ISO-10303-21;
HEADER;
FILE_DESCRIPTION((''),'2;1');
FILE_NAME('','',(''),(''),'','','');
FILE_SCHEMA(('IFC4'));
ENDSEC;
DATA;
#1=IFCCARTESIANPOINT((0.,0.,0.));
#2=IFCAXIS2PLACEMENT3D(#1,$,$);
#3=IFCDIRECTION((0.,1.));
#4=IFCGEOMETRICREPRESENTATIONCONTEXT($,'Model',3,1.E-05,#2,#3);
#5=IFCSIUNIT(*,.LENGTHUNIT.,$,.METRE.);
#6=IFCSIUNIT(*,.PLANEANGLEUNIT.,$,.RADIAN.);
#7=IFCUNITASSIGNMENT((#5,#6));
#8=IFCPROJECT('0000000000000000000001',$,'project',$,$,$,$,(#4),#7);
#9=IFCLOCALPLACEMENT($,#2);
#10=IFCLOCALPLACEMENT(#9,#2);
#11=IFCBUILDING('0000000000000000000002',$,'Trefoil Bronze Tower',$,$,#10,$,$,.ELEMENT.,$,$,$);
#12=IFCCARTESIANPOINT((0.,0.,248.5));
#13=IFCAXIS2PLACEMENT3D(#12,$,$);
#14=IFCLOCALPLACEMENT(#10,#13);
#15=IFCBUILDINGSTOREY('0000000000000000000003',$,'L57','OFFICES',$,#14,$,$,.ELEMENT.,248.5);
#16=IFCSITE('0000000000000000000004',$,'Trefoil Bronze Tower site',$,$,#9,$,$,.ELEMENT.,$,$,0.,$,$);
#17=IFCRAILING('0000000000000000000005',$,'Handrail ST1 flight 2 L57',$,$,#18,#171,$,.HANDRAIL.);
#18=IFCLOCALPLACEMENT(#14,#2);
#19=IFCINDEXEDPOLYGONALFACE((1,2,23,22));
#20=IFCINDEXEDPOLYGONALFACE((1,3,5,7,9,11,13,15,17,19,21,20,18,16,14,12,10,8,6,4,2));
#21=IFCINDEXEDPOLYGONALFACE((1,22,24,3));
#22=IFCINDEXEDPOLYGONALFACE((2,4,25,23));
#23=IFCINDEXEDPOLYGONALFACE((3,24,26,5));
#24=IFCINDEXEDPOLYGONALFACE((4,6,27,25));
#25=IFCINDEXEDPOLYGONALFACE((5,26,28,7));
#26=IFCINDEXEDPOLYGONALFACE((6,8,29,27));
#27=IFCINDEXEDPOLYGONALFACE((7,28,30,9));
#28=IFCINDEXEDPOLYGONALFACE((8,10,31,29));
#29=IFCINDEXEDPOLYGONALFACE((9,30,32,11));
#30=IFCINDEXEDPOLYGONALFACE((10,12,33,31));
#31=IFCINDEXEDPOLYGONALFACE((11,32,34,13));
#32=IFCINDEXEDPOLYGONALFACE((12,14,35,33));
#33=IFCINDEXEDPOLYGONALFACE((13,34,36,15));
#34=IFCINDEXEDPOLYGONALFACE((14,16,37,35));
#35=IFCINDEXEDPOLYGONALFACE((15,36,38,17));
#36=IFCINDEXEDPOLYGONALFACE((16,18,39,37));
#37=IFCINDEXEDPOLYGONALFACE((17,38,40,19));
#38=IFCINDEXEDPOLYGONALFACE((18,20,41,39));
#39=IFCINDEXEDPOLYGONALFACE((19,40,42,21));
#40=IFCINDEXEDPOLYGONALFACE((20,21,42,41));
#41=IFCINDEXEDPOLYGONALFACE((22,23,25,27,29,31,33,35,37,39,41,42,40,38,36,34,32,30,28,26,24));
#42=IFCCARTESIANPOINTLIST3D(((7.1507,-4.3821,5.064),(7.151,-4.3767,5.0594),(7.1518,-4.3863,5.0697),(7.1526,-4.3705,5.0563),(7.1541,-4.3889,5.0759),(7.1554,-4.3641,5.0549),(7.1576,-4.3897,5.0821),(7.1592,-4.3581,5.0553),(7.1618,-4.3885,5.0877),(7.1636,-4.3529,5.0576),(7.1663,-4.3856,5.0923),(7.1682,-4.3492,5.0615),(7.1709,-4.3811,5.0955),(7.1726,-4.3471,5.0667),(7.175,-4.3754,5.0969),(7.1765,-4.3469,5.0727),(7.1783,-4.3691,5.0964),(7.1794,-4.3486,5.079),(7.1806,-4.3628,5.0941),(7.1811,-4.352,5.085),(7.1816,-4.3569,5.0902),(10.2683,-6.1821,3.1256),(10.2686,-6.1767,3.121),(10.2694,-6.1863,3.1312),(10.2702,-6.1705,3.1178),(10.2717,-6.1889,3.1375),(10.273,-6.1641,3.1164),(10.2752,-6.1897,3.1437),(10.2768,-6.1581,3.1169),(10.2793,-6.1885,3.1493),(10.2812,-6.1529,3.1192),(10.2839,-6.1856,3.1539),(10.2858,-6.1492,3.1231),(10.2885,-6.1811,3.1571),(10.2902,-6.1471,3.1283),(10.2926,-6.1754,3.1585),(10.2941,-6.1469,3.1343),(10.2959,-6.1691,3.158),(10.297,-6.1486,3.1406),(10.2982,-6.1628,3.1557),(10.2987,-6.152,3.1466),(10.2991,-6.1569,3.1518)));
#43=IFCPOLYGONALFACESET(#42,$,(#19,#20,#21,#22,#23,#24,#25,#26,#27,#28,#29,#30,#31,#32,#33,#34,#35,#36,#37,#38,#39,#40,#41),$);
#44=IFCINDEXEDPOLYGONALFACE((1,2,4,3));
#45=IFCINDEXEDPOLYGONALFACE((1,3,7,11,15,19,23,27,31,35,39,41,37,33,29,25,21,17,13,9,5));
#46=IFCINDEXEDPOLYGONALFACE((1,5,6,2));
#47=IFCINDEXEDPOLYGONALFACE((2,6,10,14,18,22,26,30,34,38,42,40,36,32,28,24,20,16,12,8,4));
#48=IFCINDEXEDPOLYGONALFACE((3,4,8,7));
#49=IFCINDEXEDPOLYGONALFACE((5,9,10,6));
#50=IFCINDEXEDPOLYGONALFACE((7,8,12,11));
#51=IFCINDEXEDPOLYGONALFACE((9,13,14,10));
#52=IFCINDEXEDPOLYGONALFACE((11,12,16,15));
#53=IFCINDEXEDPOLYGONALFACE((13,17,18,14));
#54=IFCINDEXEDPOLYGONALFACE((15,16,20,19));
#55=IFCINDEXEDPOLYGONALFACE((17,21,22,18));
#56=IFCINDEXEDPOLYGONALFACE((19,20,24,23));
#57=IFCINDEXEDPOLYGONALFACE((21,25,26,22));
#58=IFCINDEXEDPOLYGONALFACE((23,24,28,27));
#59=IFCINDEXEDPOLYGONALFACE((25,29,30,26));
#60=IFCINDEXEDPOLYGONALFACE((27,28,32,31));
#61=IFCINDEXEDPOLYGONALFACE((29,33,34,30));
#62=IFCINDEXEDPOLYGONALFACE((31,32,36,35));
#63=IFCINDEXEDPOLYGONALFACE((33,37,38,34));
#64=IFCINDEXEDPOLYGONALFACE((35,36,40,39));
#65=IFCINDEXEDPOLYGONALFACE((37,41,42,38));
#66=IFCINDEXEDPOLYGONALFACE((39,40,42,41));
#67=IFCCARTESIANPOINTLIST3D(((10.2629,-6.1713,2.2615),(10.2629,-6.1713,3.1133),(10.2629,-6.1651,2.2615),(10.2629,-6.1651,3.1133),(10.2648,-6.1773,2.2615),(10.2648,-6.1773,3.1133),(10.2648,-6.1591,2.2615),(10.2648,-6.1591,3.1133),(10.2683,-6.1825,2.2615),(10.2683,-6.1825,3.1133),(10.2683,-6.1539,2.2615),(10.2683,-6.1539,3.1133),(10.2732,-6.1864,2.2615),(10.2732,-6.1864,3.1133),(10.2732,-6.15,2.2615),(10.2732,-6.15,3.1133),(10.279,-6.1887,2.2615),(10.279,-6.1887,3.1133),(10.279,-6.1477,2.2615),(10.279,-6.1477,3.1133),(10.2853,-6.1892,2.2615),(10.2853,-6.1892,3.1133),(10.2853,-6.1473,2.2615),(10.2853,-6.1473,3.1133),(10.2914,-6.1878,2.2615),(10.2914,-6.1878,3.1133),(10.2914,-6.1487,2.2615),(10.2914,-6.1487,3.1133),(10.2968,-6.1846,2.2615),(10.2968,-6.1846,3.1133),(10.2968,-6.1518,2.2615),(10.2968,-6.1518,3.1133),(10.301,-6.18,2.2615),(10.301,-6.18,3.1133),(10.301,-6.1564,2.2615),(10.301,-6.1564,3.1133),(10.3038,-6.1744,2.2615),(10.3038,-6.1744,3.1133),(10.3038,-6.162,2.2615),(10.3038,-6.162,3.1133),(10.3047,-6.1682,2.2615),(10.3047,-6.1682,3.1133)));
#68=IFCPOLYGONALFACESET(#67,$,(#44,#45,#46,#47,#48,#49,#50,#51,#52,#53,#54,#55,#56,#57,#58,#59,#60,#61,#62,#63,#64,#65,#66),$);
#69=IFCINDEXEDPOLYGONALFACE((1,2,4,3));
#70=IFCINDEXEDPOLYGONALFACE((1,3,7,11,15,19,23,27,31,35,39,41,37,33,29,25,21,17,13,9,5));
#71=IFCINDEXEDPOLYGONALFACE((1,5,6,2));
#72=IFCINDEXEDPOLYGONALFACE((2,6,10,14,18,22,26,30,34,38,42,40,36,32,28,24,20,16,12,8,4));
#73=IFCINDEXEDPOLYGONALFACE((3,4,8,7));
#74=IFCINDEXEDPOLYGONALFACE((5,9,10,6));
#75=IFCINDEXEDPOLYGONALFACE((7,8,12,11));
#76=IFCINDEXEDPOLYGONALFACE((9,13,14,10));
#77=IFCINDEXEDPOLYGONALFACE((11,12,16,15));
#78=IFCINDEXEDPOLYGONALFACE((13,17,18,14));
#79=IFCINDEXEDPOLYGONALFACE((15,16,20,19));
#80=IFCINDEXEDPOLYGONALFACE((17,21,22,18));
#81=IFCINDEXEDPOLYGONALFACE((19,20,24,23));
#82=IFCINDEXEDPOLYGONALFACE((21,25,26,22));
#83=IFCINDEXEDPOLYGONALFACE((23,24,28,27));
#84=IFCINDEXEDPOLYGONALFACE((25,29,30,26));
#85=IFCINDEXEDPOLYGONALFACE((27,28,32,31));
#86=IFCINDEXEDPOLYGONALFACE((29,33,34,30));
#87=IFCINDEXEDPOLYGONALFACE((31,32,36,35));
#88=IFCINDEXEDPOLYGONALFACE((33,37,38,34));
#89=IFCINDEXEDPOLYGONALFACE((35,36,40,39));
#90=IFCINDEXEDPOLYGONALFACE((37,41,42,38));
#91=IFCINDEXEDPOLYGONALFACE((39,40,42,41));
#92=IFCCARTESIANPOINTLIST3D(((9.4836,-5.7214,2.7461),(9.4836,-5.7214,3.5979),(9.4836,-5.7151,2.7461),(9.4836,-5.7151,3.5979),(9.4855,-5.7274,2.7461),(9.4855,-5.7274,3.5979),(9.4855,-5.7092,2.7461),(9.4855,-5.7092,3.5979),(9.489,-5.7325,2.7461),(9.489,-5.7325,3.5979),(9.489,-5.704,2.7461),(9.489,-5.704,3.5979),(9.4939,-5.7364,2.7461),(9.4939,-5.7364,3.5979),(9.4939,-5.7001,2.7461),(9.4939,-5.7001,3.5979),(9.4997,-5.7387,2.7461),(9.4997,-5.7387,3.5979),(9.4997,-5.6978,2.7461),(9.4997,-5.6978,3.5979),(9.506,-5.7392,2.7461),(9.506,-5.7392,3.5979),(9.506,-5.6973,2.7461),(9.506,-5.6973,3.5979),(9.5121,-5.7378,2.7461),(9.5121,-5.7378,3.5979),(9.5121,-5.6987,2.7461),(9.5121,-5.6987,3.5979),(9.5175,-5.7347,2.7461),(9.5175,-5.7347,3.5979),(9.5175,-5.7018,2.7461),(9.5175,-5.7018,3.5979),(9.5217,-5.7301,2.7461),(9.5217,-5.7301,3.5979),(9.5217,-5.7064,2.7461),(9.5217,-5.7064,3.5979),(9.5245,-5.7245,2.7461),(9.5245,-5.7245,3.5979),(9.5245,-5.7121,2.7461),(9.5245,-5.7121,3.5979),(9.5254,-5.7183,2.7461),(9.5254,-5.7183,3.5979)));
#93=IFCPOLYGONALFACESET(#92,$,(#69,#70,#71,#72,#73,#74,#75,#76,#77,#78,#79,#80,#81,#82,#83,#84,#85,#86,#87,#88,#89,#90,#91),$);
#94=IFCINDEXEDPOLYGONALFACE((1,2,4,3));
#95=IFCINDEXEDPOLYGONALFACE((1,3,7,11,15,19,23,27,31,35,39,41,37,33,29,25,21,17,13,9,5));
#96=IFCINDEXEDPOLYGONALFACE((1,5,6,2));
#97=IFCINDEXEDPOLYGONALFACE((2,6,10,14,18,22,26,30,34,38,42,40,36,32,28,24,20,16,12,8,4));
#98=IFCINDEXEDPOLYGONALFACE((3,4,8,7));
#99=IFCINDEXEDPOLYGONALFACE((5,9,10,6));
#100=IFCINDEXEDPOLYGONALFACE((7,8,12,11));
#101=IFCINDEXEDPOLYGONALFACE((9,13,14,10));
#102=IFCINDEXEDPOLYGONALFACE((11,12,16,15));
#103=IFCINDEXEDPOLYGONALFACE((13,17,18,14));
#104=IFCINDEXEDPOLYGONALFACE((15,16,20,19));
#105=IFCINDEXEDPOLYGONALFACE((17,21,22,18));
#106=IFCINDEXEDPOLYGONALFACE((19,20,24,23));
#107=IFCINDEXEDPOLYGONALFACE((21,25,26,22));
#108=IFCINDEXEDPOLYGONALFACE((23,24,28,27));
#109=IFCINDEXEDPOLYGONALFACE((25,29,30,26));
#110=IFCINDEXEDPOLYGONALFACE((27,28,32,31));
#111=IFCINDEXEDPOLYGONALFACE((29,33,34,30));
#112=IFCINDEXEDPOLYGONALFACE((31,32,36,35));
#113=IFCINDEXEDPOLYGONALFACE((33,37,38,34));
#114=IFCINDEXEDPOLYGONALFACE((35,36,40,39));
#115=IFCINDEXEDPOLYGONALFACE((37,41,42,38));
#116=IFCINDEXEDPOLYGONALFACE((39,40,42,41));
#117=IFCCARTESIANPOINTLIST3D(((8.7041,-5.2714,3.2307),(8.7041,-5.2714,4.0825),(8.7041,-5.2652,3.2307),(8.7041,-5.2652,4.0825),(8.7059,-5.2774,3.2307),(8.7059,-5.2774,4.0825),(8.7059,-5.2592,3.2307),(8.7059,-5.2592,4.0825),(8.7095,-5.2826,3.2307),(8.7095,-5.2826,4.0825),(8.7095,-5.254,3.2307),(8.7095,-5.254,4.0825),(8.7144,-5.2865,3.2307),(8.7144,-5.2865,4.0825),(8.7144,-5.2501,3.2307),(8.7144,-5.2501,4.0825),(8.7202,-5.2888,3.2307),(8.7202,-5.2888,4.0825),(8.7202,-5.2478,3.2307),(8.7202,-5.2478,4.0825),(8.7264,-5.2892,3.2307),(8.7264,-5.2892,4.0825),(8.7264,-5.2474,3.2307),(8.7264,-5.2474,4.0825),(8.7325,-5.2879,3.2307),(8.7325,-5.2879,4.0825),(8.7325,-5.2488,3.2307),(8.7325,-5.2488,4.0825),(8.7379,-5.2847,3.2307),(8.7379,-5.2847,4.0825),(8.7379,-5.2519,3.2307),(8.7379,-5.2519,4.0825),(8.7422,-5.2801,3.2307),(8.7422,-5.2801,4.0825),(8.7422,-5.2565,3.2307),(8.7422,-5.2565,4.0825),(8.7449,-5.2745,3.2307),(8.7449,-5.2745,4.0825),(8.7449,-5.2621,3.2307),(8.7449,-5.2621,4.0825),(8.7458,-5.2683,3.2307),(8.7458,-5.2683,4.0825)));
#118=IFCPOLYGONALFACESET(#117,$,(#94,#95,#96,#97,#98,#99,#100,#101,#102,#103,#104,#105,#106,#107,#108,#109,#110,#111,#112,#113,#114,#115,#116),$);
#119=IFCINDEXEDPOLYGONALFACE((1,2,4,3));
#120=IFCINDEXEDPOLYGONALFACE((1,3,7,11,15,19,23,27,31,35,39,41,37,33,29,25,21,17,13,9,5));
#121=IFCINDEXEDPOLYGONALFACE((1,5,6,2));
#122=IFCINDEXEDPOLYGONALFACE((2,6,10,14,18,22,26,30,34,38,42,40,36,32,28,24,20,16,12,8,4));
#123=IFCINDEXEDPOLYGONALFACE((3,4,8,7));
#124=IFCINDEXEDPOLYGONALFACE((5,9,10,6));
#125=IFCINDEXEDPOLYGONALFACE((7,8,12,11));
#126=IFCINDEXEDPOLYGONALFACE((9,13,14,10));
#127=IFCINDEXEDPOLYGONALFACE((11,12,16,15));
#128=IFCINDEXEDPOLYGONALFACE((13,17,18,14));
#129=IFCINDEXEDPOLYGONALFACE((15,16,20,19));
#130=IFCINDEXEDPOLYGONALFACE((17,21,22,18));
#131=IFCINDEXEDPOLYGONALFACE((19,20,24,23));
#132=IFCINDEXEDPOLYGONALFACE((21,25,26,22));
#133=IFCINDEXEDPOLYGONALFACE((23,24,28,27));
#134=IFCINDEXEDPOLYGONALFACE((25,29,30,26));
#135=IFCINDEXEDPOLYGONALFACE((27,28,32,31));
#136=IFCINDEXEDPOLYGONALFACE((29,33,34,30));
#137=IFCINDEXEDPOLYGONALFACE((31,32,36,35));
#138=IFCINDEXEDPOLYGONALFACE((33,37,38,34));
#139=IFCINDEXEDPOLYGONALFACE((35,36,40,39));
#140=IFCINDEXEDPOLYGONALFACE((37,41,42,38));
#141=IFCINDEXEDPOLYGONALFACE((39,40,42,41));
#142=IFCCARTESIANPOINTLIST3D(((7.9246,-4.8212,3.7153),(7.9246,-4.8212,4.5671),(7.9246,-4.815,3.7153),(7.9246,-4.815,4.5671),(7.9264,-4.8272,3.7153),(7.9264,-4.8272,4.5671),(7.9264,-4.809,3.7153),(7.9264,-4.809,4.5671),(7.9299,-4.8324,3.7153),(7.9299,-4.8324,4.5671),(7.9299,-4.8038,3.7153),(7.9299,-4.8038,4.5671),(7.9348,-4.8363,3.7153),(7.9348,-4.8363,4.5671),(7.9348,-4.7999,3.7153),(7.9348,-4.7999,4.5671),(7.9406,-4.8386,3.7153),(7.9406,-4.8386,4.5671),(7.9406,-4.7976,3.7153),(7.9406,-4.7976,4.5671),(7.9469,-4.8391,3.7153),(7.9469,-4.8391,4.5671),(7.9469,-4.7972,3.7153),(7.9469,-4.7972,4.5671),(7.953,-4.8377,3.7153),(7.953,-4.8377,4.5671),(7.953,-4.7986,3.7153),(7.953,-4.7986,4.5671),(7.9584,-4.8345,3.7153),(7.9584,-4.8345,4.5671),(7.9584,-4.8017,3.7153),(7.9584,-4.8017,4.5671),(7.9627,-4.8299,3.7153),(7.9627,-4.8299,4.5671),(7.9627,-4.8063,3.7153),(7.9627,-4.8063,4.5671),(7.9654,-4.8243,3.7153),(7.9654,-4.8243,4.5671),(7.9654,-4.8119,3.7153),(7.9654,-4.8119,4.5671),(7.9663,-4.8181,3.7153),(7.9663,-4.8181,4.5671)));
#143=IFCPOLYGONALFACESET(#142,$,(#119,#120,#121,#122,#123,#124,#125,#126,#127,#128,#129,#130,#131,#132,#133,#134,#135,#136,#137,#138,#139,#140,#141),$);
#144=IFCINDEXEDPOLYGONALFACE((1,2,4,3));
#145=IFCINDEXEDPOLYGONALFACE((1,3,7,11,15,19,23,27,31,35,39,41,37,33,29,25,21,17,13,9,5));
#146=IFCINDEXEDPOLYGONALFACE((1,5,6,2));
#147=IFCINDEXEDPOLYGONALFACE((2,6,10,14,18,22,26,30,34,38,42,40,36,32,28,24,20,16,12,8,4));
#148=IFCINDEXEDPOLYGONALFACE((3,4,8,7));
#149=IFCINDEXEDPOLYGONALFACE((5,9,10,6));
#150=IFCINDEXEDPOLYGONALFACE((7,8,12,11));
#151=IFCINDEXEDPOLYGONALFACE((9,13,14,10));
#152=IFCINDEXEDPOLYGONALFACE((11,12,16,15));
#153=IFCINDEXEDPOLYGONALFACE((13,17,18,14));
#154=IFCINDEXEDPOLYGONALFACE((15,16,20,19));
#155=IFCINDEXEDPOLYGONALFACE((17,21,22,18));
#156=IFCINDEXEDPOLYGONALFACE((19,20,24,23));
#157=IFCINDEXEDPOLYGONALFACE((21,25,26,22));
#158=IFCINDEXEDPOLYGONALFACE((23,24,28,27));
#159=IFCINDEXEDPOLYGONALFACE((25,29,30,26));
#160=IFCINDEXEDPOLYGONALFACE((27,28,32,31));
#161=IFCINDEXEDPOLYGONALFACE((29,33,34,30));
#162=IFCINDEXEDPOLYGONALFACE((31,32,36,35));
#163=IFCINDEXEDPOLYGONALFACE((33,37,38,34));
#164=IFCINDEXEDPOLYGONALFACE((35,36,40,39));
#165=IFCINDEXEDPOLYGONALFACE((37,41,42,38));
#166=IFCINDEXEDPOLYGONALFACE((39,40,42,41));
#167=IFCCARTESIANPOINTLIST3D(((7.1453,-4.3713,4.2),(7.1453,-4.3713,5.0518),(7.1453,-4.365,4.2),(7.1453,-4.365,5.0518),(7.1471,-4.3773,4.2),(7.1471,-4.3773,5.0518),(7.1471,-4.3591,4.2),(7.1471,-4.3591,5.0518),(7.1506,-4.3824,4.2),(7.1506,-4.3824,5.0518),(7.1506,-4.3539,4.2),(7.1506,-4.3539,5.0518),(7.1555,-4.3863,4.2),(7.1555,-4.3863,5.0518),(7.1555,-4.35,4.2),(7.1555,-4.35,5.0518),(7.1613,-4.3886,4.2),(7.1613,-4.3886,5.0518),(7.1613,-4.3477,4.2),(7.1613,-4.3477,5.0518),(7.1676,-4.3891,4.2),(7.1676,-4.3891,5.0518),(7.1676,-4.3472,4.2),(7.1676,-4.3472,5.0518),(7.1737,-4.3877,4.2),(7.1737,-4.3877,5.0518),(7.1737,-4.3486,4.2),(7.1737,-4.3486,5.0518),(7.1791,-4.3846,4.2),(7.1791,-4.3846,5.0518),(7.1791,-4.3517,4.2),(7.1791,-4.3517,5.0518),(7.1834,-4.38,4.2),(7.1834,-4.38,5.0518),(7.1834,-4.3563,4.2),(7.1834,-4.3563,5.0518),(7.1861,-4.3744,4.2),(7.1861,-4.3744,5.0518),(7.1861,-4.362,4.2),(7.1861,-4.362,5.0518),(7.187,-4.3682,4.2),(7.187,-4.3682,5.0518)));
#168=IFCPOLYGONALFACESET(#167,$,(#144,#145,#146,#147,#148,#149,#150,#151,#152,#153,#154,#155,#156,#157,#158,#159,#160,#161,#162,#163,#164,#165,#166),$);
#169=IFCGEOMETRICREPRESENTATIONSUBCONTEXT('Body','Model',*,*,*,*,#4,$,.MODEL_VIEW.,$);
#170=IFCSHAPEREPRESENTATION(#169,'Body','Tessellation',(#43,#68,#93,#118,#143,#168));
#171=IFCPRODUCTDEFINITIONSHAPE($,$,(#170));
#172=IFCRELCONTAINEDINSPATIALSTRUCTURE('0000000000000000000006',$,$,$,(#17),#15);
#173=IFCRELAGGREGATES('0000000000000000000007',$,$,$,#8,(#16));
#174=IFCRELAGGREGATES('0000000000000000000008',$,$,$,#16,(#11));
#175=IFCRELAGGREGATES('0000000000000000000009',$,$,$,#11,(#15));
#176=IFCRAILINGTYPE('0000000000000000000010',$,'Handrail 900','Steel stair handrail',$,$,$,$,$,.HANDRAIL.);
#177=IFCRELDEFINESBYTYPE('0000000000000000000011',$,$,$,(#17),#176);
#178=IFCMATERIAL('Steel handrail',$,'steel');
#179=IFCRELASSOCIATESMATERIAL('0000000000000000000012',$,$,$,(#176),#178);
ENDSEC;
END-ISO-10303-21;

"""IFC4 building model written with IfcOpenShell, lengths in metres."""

from ifc_helpers import new_model, si_unit, direction, frame, origin, origin_2d, place, context, subcontext, project, spatial, circle, extrude, material, type_object, element, save


model = new_model("IFC4")

# Units and contexts
model_context = context("Model", 3, precision=1e-05, world=origin(), true_north=direction((0.0, 1.0)))
body_context = subcontext(model_context, "Body", "Model", "MODEL_VIEW")
ifc_project = project(units=[si_unit("LENGTHUNIT", "METRE"), si_unit("PLANEANGLEUNIT", "RADIAN")], contexts=[model_context])

# Site, building, storey
site_placement = place(None, origin())
site = spatial("IfcSite", under=ifc_project, at=site_placement, Name="Trefoil Bronze Tower site", CompositionType="ELEMENT", RefElevation=0.0)
building_placement = place(site_placement, origin())
building = spatial("IfcBuilding", under=site, at=building_placement, Name="Trefoil Bronze Tower", CompositionType="ELEMENT")
storey_placement = place(building_placement, frame((0.0, 0.0, 248.5)))
storey = spatial("IfcBuildingStorey", under=building, at=storey_placement, Name="L57", Description="OFFICES", CompositionType="ELEMENT", Elevation=248.5)

# Railing
ifc_material_1 = material(Name="Steel handrail", Category="steel")
railing_type = type_object("IfcRailingType", Name="Handrail 900", Description="Steel stair handrail", PredefinedType="HANDRAIL", material=ifc_material_1)
railing_1_placement = place(storey_placement, frame((10.2837, -6.1682, 2.2615)))
element("IfcRailing", 1, at=railing_1_placement, inside=storey, type_object=railing_type, Name="Handrail ST1 flight 2 L57", PredefinedType="HANDRAIL", context=body_context, shape_type="SweptSolid", body=[
    extrude(circle(Radius=0.0239, at=origin_2d()), frame((0.0, 0.0, 0.876), z_axis=(-0.762503, 0.440246, 0.474102), x_axis=(-0.500012, -0.866018, 0.0)), (0.0, 0.0, 1.0), 4.0886),
    extrude(circle(Radius=0.021, at=origin_2d()), origin(), (0.0, 0.0, 1.0), 0.8518),
    extrude(circle(Radius=0.021, at=origin_2d()), frame((-0.7793, 0.45, 0.4846)), (0.0, 0.0, 1.0), 0.8518),
    extrude(circle(Radius=0.021, at=origin_2d()), frame((-1.5588, 0.8999, 0.9692)), (0.0, 0.0, 1.0), 0.8518),
    extrude(circle(Radius=0.021, at=origin_2d()), frame((-2.3384, 1.3501, 1.4539)), (0.0, 0.0, 1.0), 0.8518),
    extrude(circle(Radius=0.021, at=origin_2d()), frame((-3.1177, 1.8, 1.9385)), (0.0, 0.0, 1.0), 0.8518),
])

save(model, "model.ifc")
